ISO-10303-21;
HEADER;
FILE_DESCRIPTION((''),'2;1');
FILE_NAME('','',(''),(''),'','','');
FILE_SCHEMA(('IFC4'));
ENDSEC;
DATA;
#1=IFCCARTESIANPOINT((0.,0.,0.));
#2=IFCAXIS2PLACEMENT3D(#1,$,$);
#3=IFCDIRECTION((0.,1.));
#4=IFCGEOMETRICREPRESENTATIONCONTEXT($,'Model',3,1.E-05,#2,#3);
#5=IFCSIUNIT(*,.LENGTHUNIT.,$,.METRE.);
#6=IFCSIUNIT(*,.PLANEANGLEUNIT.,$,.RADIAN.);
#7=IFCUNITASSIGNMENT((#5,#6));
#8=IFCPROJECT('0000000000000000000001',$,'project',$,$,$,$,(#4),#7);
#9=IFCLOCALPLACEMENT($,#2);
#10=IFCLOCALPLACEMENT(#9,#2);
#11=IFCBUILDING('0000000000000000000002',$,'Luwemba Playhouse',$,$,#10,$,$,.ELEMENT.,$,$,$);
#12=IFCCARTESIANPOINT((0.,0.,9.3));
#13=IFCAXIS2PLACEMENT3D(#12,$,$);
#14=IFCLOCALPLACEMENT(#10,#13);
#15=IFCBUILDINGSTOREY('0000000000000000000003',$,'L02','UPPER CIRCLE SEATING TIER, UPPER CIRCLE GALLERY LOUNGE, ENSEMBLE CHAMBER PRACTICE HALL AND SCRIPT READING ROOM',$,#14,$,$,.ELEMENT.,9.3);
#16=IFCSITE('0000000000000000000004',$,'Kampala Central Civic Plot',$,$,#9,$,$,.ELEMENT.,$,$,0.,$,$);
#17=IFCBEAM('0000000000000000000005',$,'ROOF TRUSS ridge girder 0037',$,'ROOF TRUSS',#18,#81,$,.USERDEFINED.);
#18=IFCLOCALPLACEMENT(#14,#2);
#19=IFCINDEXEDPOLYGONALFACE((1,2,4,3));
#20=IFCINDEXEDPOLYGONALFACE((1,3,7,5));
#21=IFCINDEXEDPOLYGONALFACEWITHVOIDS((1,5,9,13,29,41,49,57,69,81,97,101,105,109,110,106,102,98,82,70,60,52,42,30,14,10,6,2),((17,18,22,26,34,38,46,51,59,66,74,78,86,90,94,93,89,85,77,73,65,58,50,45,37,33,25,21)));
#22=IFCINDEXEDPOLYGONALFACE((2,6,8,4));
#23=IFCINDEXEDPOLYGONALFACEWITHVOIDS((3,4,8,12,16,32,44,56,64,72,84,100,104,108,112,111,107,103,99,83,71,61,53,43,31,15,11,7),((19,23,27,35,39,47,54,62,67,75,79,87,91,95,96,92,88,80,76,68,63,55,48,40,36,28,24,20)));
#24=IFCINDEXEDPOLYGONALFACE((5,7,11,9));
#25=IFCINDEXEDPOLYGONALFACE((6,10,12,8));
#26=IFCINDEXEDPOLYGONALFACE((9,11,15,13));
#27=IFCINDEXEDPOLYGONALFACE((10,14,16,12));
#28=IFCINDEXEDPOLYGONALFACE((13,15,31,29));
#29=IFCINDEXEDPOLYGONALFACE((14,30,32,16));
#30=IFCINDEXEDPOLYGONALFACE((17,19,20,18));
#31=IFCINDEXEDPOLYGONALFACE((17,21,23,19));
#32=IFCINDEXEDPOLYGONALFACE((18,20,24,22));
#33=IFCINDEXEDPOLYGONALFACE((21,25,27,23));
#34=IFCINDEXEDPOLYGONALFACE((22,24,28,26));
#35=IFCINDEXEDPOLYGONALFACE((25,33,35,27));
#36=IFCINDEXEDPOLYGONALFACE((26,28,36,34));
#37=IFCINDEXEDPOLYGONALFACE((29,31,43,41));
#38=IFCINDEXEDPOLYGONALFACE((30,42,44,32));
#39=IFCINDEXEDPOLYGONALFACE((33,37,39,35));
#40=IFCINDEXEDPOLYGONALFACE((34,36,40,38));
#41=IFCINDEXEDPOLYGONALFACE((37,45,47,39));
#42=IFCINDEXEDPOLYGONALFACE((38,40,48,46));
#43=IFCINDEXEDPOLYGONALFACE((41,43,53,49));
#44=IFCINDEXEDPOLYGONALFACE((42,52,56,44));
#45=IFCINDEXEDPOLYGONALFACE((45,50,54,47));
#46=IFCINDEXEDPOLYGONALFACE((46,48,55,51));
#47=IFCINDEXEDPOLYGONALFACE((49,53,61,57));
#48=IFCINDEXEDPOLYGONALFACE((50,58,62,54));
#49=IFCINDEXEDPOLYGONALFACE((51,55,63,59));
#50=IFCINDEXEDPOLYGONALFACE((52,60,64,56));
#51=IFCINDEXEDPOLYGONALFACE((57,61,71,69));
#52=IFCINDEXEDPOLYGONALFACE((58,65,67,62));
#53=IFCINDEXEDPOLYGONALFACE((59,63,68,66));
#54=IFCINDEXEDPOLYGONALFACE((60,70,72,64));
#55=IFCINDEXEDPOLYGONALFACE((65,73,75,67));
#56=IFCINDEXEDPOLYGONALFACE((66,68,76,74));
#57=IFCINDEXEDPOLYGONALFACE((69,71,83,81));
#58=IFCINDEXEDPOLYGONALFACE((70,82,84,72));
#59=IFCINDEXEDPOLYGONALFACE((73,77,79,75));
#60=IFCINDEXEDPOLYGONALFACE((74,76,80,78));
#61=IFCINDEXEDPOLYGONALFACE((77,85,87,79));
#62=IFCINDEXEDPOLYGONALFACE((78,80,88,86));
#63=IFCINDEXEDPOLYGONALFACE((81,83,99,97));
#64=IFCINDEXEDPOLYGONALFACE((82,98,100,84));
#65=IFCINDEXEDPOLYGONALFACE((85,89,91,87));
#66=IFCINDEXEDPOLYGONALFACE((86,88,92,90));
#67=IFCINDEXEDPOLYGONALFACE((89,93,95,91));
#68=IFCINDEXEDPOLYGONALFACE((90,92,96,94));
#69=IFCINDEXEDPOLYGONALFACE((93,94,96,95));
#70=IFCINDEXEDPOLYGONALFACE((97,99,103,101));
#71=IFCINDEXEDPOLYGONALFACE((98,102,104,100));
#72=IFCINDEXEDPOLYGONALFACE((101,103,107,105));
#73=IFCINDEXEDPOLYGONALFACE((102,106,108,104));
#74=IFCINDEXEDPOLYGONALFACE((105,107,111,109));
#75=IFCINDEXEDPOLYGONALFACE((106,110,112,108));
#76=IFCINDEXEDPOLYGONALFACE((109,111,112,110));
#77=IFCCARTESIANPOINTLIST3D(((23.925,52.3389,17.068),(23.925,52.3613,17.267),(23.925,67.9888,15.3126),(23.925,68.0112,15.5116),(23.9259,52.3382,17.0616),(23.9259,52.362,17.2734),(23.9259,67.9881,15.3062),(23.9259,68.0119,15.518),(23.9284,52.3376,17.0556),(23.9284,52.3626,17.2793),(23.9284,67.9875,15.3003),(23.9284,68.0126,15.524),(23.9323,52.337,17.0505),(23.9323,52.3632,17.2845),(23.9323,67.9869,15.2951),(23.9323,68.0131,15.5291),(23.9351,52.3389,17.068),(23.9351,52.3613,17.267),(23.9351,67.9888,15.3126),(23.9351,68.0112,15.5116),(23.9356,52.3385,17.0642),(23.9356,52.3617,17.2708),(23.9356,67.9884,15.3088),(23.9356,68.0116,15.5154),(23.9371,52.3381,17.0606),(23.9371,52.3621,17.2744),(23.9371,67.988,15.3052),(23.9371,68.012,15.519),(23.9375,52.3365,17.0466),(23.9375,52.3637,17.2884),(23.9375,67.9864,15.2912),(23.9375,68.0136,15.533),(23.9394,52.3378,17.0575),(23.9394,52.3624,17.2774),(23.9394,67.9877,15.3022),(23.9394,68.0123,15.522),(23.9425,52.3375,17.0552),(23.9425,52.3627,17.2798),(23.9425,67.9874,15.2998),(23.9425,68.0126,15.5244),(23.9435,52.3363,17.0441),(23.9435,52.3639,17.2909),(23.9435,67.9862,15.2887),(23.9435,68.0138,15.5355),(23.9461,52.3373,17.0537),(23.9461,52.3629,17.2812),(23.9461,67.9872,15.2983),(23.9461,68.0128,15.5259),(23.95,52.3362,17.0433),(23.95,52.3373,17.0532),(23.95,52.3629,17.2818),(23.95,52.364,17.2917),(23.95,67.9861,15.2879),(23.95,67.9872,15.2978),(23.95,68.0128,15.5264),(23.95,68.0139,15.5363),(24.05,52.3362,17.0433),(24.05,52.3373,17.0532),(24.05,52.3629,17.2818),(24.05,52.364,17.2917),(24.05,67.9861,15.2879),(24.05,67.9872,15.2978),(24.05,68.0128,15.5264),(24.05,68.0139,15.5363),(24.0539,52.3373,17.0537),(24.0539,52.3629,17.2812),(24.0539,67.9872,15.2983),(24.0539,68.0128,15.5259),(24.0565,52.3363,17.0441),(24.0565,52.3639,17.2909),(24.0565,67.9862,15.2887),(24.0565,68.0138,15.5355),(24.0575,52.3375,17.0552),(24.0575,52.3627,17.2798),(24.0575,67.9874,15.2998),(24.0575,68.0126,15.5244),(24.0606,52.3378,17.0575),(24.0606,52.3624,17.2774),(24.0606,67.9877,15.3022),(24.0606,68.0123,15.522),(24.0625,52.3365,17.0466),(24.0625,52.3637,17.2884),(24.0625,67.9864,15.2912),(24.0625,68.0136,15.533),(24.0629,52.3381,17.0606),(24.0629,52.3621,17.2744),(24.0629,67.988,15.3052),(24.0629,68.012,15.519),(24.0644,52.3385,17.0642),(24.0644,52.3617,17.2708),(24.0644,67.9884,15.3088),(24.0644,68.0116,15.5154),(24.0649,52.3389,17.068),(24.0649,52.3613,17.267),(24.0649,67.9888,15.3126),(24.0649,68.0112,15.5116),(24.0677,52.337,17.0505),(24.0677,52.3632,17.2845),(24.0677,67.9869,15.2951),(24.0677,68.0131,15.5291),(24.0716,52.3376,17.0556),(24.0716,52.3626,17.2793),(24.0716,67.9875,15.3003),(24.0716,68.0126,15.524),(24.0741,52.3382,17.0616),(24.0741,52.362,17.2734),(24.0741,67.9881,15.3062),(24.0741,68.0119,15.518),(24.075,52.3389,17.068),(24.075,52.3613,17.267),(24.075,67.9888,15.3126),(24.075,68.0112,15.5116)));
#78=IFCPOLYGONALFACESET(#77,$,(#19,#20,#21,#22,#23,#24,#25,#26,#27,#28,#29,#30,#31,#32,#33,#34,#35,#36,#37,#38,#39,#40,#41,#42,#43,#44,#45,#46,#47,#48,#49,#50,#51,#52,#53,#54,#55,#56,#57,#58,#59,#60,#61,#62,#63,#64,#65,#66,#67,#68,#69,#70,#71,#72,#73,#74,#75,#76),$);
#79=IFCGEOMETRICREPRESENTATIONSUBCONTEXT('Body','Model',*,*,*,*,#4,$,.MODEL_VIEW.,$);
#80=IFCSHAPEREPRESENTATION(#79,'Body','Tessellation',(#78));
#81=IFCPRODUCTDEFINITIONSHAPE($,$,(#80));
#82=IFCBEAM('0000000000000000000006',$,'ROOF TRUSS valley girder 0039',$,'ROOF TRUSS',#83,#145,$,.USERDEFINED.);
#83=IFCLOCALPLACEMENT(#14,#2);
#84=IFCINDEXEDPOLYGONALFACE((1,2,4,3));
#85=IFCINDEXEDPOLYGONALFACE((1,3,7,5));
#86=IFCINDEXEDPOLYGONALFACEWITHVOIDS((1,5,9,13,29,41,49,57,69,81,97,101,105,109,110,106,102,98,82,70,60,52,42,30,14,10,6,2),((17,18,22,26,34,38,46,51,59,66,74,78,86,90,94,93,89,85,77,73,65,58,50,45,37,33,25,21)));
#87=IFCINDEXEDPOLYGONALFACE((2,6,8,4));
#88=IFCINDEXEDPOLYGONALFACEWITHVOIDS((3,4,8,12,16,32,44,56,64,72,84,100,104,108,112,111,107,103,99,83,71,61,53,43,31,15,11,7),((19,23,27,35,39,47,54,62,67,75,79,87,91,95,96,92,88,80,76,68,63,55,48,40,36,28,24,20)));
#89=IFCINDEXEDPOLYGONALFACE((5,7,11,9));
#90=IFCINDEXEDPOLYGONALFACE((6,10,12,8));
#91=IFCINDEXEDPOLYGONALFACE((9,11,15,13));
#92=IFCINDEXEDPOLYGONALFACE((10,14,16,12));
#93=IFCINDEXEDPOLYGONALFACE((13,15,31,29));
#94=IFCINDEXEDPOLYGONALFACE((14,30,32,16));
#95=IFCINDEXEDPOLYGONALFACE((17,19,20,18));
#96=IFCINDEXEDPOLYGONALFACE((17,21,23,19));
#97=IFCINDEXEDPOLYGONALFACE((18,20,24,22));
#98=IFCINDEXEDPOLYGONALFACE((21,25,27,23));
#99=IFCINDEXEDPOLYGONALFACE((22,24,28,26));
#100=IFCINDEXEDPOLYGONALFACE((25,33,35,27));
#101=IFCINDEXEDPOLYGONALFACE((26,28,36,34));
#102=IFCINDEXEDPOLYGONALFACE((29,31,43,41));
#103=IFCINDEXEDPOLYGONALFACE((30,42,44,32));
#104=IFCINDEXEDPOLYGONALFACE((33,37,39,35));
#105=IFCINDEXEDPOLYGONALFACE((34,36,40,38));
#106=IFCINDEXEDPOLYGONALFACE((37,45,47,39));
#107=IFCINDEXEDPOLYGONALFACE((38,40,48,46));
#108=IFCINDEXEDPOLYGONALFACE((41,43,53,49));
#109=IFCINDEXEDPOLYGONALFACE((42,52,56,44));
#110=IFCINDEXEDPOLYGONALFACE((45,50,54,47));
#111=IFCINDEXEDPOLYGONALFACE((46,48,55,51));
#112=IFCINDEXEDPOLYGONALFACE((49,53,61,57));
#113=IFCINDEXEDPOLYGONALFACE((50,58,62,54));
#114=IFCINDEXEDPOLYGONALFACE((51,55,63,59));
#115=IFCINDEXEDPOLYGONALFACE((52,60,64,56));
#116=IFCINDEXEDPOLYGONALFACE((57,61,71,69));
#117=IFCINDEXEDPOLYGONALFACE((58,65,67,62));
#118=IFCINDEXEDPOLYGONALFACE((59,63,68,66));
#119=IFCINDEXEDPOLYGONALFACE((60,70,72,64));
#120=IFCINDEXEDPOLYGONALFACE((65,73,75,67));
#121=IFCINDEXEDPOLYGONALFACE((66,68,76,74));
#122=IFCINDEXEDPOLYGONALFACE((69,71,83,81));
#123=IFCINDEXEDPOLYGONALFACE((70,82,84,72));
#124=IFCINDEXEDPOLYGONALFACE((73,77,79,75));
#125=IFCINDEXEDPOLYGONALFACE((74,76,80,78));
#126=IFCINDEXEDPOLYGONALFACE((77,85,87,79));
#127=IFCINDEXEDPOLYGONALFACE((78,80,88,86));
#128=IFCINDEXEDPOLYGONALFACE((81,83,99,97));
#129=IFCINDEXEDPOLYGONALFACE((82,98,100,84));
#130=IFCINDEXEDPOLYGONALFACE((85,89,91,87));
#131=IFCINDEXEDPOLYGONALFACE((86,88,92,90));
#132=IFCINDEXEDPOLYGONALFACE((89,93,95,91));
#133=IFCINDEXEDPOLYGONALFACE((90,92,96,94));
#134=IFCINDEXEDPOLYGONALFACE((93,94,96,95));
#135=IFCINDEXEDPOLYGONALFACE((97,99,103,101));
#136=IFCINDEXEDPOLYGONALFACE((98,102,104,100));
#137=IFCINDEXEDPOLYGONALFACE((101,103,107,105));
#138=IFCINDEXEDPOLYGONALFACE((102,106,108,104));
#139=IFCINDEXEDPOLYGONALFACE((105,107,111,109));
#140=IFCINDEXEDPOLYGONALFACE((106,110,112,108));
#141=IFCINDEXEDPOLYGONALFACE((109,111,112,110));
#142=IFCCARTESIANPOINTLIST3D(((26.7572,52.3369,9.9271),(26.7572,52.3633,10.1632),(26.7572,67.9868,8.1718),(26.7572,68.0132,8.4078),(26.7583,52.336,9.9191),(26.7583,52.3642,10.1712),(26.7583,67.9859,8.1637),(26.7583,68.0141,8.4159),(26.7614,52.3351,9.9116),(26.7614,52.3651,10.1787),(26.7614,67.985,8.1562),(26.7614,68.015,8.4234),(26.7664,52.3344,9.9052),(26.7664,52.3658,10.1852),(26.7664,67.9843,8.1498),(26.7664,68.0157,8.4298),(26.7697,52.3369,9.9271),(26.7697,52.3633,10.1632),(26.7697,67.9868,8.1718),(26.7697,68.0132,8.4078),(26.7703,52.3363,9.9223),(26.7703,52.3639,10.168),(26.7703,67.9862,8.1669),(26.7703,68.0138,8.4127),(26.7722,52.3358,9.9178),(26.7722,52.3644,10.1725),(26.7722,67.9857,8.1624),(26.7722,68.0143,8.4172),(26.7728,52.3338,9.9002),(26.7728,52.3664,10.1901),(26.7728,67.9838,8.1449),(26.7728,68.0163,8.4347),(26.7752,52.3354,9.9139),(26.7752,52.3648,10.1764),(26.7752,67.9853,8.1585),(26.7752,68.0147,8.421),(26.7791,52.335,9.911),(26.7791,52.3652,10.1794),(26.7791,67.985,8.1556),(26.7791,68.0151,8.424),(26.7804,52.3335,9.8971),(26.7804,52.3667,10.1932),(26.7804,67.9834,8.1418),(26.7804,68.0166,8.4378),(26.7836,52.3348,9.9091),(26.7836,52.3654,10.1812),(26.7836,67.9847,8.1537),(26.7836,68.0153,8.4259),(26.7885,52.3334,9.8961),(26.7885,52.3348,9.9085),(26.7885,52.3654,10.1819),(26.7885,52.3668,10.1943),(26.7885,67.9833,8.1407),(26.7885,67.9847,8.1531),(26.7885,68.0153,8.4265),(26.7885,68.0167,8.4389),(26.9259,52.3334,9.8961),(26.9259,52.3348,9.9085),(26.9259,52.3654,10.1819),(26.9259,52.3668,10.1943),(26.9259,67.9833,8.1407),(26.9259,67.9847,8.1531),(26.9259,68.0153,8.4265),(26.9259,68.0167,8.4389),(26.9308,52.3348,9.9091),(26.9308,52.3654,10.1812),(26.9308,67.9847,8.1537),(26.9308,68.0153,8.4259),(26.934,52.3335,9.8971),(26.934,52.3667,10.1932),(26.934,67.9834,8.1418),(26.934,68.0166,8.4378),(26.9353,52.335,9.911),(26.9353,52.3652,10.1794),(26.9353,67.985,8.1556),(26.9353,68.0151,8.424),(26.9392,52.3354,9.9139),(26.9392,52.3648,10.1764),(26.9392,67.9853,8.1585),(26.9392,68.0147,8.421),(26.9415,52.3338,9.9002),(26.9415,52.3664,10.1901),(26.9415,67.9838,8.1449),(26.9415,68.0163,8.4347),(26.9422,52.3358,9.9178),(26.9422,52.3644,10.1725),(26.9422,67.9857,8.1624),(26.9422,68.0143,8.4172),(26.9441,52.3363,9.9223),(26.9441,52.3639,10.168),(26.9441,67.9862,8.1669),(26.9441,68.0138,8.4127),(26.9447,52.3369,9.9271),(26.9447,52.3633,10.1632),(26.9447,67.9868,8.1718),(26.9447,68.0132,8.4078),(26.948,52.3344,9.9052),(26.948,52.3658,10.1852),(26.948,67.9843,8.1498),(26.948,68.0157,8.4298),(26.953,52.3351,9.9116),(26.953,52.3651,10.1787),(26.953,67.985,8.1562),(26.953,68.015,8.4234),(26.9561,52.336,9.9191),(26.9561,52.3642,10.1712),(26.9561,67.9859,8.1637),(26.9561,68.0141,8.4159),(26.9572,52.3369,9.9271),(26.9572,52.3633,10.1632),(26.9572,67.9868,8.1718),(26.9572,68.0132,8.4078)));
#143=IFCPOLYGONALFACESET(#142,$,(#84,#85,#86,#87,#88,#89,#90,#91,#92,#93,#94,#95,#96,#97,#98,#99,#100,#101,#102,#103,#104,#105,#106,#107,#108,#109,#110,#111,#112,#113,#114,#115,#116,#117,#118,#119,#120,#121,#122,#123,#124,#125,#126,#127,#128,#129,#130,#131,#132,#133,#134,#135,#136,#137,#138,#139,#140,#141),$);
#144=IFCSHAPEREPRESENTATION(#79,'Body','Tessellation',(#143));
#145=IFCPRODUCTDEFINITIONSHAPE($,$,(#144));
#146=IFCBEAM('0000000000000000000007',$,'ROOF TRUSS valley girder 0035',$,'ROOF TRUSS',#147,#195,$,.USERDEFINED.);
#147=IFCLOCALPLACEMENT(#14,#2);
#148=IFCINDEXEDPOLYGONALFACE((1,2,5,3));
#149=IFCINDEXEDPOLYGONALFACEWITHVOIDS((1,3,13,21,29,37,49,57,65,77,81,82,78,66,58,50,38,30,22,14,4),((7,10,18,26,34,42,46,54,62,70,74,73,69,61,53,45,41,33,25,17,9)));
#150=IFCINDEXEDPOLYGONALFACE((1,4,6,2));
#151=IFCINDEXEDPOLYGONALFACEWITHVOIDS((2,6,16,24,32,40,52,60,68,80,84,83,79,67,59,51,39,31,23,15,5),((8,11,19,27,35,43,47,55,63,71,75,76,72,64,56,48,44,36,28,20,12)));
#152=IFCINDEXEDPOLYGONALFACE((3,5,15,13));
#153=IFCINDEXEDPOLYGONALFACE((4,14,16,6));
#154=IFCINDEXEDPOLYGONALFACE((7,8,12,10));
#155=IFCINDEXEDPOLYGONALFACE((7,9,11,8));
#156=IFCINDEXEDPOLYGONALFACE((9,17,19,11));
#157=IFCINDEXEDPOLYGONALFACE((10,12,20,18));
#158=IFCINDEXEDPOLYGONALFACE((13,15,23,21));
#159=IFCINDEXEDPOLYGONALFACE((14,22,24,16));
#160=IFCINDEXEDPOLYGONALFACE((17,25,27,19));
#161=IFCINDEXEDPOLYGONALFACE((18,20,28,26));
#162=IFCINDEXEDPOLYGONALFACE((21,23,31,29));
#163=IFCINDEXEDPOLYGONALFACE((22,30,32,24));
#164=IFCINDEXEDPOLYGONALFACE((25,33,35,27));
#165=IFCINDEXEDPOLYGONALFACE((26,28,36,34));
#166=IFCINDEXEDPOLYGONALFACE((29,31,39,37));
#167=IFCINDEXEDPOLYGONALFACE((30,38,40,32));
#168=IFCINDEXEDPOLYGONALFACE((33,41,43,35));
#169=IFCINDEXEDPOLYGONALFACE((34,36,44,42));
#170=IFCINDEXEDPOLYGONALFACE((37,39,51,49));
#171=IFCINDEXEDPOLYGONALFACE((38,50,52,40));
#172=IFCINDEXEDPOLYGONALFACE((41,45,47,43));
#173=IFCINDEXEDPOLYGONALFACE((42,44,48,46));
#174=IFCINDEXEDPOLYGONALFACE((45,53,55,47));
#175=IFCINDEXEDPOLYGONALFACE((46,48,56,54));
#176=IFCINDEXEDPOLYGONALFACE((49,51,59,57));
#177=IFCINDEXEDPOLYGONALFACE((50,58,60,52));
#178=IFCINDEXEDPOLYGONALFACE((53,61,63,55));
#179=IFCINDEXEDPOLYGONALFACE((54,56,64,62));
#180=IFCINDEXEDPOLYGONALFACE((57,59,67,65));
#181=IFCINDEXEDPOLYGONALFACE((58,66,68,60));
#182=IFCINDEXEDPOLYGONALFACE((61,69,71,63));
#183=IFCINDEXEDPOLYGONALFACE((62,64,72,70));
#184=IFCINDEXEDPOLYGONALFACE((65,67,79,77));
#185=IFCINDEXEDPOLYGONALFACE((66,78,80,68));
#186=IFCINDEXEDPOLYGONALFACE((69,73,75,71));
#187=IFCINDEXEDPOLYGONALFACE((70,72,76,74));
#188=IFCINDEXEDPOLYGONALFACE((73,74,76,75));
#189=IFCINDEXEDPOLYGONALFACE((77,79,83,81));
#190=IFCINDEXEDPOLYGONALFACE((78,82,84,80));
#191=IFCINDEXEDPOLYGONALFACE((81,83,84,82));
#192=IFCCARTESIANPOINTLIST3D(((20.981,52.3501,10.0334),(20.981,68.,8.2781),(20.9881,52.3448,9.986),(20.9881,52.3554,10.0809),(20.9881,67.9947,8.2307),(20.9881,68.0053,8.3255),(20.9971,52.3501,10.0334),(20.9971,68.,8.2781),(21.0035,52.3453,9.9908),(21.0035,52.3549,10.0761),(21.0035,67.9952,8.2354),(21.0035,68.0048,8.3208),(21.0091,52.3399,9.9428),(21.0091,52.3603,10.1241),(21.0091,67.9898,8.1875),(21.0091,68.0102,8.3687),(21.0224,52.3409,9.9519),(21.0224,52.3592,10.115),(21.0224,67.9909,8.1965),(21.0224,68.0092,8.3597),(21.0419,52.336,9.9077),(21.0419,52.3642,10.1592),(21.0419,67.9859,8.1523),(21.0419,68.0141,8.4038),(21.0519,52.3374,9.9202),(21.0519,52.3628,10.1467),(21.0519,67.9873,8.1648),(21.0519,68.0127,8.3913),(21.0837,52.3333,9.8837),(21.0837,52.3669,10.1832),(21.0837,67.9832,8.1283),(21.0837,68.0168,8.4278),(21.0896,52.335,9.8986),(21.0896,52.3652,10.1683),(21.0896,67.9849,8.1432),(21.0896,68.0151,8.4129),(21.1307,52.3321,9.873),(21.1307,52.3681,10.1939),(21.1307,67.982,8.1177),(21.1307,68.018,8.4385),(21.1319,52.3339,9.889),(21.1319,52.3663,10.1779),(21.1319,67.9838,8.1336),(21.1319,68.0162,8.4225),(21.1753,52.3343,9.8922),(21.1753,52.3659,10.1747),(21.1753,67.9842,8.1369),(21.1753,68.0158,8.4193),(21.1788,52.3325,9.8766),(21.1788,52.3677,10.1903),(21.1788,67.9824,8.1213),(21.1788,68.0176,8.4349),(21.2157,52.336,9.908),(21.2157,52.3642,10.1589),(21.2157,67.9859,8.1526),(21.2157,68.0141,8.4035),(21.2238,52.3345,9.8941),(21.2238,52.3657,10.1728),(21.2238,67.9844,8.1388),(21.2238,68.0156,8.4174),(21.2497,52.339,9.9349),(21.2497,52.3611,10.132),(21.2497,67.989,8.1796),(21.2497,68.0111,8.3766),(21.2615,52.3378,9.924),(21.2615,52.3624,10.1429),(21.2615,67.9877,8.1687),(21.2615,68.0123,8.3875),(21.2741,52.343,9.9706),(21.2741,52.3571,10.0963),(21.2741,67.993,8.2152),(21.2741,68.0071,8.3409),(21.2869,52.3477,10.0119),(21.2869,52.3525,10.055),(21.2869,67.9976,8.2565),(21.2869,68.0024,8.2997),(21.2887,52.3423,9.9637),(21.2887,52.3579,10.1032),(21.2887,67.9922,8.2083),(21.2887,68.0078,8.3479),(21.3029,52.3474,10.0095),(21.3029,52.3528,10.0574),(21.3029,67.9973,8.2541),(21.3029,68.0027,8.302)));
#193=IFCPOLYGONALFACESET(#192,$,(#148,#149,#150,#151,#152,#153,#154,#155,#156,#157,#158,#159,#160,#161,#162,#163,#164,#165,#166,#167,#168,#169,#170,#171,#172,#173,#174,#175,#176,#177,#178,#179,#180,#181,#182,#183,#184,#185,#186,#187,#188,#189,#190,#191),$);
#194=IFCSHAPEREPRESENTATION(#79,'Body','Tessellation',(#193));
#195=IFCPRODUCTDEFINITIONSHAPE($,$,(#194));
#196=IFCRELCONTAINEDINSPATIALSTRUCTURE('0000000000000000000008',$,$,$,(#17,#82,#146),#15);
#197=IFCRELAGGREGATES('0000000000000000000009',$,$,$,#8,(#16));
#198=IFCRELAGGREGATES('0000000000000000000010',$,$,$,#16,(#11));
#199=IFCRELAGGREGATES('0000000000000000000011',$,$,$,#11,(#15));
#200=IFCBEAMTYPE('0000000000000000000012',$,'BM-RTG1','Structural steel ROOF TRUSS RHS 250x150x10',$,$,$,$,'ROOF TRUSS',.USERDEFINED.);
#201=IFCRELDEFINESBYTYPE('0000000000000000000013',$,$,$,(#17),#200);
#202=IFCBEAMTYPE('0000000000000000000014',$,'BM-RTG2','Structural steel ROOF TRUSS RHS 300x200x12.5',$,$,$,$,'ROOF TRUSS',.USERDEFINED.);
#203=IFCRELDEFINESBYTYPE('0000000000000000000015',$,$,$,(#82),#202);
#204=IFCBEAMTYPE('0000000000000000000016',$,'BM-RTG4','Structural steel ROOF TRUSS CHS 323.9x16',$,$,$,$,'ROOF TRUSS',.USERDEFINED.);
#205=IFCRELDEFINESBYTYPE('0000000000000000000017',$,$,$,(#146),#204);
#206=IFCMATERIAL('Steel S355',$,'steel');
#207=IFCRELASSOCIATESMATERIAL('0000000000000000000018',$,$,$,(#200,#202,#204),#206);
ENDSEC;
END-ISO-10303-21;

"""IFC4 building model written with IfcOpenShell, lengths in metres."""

from ifc_helpers import new_model, si_unit, direction, frame, origin, origin_2d, place, context, subcontext, project, spatial, hollow_rectangle, hollow_circle, extrude, material, material_profile, profile_set, type_object, element, save


model = new_model("IFC4")

# Units and contexts
model_context = context("Model", 3, precision=1e-05, world=origin(), true_north=direction((0.0, 1.0)))
body_context = subcontext(model_context, "Body", "Model", "MODEL_VIEW")
ifc_project = project(units=[si_unit("LENGTHUNIT", "METRE"), si_unit("PLANEANGLEUNIT", "RADIAN")], contexts=[model_context])

# Site, building, storey
site_placement = place(None, origin())
site = spatial("IfcSite", under=ifc_project, at=site_placement, Name="Kampala Central Civic Plot", CompositionType="ELEMENT", RefElevation=0.0)
building_placement = place(site_placement, origin())
building = spatial("IfcBuilding", under=site, at=building_placement, Name="Luwemba Playhouse", CompositionType="ELEMENT")
storey_placement = place(building_placement, frame((0.0, 0.0, 9.3)))
storey = spatial("IfcBuildingStorey", under=building, at=storey_placement, Name="L02", Description="UPPER CIRCLE SEATING TIER, UPPER CIRCLE GALLERY LOUNGE, ENSEMBLE CHAMBER PRACTICE HALL AND SCRIPT READING ROOM", CompositionType="ELEMENT", Elevation=9.3)

# Beams
ifc_material_1 = material(Name="Steel S355", Category="steel")
ifc_material_profile_1 = material_profile(ifc_material_1, hollow_rectangle(XDim=0.1499, YDim=0.25, WallThickness=0.01, InnerFilletRadius=0.0149, OuterFilletRadius=0.0249, at=origin_2d()))
ifc_profile_set_1 = profile_set([ifc_material_profile_1], Name="Steel S355")
beam_type_1 = type_object("IfcBeamType", Name="BM-RTG1", Description="Structural steel ROOF TRUSS RHS 250x150x10", ElementType="ROOF TRUSS", PredefinedType="USERDEFINED", material=ifc_profile_set_1)
beam_1_placement = place(storey_placement, frame((24.0, 52.3501, 17.1675), z_axis=(0.0, 0.993768, -0.111466), x_axis=(-1.0, 0.0, 0.0)))
element("IfcBeam", 1, at=beam_1_placement, inside=storey, type_object=beam_type_1, Name="ROOF TRUSS ridge girder 0037", ObjectType="ROOF TRUSS", PredefinedType="USERDEFINED", context=body_context, shape_type="SweptSolid", body=[
    extrude(hollow_rectangle(XDim=0.1499, YDim=0.25, WallThickness=0.01, InnerFilletRadius=0.0149, OuterFilletRadius=0.0249, at=origin_2d()), origin(), (0.0, 0.0, 1.0), 15.748),
])
ifc_material_profile_2 = material_profile(ifc_material_1, hollow_rectangle(XDim=0.2, YDim=0.3, WallThickness=0.0125, InnerFilletRadius=0.0188, OuterFilletRadius=0.0312, at=origin_2d()))
ifc_profile_set_2 = profile_set([ifc_material_profile_2], Name="Steel S355")
beam_type_2 = type_object("IfcBeamType", Name="BM-RTG2", Description="Structural steel ROOF TRUSS RHS 300x200x12.5", ElementType="ROOF TRUSS", PredefinedType="USERDEFINED", material=ifc_profile_set_2)
beam_2_placement = place(storey_placement, frame((26.8572, 52.3501, 10.0452), z_axis=(0.0, 0.993768, -0.111466), x_axis=(-1.0, 0.0, 0.0)))
element("IfcBeam", 2, at=beam_2_placement, inside=storey, type_object=beam_type_2, Name="ROOF TRUSS valley girder 0039", ObjectType="ROOF TRUSS", PredefinedType="USERDEFINED", context=body_context, shape_type="SweptSolid", body=[
    extrude(hollow_rectangle(XDim=0.2, YDim=0.3, WallThickness=0.0125, InnerFilletRadius=0.0188, OuterFilletRadius=0.0312, at=origin_2d()), origin(), (0.0, 0.0, 1.0), 15.748),
])
ifc_material_profile_3 = material_profile(ifc_material_1, hollow_circle(Radius=0.1619, WallThickness=0.0161, at=origin_2d()))
ifc_profile_set_3 = profile_set([ifc_material_profile_3], Name="Steel S355")
beam_type_3 = type_object("IfcBeamType", Name="BM-RTG4", Description="Structural steel ROOF TRUSS CHS 323.9x16", ElementType="ROOF TRUSS", PredefinedType="USERDEFINED", material=ifc_profile_set_3)
beam_3_placement = place(storey_placement, frame((21.1428, 52.3501, 10.0334), z_axis=(0.0, 0.993768, -0.111466), x_axis=(-1.0, 0.0, 0.0)))
element("IfcBeam", 3, at=beam_3_placement, inside=storey, type_object=beam_type_3, Name="ROOF TRUSS valley girder 0035", ObjectType="ROOF TRUSS", PredefinedType="USERDEFINED", context=body_context, shape_type="SweptSolid", body=[
    extrude(hollow_circle(Radius=0.1619, WallThickness=0.0161, at=origin_2d()), origin(), (0.0, 0.0, 1.0), 15.748),
])

save(model, "model.ifc")
